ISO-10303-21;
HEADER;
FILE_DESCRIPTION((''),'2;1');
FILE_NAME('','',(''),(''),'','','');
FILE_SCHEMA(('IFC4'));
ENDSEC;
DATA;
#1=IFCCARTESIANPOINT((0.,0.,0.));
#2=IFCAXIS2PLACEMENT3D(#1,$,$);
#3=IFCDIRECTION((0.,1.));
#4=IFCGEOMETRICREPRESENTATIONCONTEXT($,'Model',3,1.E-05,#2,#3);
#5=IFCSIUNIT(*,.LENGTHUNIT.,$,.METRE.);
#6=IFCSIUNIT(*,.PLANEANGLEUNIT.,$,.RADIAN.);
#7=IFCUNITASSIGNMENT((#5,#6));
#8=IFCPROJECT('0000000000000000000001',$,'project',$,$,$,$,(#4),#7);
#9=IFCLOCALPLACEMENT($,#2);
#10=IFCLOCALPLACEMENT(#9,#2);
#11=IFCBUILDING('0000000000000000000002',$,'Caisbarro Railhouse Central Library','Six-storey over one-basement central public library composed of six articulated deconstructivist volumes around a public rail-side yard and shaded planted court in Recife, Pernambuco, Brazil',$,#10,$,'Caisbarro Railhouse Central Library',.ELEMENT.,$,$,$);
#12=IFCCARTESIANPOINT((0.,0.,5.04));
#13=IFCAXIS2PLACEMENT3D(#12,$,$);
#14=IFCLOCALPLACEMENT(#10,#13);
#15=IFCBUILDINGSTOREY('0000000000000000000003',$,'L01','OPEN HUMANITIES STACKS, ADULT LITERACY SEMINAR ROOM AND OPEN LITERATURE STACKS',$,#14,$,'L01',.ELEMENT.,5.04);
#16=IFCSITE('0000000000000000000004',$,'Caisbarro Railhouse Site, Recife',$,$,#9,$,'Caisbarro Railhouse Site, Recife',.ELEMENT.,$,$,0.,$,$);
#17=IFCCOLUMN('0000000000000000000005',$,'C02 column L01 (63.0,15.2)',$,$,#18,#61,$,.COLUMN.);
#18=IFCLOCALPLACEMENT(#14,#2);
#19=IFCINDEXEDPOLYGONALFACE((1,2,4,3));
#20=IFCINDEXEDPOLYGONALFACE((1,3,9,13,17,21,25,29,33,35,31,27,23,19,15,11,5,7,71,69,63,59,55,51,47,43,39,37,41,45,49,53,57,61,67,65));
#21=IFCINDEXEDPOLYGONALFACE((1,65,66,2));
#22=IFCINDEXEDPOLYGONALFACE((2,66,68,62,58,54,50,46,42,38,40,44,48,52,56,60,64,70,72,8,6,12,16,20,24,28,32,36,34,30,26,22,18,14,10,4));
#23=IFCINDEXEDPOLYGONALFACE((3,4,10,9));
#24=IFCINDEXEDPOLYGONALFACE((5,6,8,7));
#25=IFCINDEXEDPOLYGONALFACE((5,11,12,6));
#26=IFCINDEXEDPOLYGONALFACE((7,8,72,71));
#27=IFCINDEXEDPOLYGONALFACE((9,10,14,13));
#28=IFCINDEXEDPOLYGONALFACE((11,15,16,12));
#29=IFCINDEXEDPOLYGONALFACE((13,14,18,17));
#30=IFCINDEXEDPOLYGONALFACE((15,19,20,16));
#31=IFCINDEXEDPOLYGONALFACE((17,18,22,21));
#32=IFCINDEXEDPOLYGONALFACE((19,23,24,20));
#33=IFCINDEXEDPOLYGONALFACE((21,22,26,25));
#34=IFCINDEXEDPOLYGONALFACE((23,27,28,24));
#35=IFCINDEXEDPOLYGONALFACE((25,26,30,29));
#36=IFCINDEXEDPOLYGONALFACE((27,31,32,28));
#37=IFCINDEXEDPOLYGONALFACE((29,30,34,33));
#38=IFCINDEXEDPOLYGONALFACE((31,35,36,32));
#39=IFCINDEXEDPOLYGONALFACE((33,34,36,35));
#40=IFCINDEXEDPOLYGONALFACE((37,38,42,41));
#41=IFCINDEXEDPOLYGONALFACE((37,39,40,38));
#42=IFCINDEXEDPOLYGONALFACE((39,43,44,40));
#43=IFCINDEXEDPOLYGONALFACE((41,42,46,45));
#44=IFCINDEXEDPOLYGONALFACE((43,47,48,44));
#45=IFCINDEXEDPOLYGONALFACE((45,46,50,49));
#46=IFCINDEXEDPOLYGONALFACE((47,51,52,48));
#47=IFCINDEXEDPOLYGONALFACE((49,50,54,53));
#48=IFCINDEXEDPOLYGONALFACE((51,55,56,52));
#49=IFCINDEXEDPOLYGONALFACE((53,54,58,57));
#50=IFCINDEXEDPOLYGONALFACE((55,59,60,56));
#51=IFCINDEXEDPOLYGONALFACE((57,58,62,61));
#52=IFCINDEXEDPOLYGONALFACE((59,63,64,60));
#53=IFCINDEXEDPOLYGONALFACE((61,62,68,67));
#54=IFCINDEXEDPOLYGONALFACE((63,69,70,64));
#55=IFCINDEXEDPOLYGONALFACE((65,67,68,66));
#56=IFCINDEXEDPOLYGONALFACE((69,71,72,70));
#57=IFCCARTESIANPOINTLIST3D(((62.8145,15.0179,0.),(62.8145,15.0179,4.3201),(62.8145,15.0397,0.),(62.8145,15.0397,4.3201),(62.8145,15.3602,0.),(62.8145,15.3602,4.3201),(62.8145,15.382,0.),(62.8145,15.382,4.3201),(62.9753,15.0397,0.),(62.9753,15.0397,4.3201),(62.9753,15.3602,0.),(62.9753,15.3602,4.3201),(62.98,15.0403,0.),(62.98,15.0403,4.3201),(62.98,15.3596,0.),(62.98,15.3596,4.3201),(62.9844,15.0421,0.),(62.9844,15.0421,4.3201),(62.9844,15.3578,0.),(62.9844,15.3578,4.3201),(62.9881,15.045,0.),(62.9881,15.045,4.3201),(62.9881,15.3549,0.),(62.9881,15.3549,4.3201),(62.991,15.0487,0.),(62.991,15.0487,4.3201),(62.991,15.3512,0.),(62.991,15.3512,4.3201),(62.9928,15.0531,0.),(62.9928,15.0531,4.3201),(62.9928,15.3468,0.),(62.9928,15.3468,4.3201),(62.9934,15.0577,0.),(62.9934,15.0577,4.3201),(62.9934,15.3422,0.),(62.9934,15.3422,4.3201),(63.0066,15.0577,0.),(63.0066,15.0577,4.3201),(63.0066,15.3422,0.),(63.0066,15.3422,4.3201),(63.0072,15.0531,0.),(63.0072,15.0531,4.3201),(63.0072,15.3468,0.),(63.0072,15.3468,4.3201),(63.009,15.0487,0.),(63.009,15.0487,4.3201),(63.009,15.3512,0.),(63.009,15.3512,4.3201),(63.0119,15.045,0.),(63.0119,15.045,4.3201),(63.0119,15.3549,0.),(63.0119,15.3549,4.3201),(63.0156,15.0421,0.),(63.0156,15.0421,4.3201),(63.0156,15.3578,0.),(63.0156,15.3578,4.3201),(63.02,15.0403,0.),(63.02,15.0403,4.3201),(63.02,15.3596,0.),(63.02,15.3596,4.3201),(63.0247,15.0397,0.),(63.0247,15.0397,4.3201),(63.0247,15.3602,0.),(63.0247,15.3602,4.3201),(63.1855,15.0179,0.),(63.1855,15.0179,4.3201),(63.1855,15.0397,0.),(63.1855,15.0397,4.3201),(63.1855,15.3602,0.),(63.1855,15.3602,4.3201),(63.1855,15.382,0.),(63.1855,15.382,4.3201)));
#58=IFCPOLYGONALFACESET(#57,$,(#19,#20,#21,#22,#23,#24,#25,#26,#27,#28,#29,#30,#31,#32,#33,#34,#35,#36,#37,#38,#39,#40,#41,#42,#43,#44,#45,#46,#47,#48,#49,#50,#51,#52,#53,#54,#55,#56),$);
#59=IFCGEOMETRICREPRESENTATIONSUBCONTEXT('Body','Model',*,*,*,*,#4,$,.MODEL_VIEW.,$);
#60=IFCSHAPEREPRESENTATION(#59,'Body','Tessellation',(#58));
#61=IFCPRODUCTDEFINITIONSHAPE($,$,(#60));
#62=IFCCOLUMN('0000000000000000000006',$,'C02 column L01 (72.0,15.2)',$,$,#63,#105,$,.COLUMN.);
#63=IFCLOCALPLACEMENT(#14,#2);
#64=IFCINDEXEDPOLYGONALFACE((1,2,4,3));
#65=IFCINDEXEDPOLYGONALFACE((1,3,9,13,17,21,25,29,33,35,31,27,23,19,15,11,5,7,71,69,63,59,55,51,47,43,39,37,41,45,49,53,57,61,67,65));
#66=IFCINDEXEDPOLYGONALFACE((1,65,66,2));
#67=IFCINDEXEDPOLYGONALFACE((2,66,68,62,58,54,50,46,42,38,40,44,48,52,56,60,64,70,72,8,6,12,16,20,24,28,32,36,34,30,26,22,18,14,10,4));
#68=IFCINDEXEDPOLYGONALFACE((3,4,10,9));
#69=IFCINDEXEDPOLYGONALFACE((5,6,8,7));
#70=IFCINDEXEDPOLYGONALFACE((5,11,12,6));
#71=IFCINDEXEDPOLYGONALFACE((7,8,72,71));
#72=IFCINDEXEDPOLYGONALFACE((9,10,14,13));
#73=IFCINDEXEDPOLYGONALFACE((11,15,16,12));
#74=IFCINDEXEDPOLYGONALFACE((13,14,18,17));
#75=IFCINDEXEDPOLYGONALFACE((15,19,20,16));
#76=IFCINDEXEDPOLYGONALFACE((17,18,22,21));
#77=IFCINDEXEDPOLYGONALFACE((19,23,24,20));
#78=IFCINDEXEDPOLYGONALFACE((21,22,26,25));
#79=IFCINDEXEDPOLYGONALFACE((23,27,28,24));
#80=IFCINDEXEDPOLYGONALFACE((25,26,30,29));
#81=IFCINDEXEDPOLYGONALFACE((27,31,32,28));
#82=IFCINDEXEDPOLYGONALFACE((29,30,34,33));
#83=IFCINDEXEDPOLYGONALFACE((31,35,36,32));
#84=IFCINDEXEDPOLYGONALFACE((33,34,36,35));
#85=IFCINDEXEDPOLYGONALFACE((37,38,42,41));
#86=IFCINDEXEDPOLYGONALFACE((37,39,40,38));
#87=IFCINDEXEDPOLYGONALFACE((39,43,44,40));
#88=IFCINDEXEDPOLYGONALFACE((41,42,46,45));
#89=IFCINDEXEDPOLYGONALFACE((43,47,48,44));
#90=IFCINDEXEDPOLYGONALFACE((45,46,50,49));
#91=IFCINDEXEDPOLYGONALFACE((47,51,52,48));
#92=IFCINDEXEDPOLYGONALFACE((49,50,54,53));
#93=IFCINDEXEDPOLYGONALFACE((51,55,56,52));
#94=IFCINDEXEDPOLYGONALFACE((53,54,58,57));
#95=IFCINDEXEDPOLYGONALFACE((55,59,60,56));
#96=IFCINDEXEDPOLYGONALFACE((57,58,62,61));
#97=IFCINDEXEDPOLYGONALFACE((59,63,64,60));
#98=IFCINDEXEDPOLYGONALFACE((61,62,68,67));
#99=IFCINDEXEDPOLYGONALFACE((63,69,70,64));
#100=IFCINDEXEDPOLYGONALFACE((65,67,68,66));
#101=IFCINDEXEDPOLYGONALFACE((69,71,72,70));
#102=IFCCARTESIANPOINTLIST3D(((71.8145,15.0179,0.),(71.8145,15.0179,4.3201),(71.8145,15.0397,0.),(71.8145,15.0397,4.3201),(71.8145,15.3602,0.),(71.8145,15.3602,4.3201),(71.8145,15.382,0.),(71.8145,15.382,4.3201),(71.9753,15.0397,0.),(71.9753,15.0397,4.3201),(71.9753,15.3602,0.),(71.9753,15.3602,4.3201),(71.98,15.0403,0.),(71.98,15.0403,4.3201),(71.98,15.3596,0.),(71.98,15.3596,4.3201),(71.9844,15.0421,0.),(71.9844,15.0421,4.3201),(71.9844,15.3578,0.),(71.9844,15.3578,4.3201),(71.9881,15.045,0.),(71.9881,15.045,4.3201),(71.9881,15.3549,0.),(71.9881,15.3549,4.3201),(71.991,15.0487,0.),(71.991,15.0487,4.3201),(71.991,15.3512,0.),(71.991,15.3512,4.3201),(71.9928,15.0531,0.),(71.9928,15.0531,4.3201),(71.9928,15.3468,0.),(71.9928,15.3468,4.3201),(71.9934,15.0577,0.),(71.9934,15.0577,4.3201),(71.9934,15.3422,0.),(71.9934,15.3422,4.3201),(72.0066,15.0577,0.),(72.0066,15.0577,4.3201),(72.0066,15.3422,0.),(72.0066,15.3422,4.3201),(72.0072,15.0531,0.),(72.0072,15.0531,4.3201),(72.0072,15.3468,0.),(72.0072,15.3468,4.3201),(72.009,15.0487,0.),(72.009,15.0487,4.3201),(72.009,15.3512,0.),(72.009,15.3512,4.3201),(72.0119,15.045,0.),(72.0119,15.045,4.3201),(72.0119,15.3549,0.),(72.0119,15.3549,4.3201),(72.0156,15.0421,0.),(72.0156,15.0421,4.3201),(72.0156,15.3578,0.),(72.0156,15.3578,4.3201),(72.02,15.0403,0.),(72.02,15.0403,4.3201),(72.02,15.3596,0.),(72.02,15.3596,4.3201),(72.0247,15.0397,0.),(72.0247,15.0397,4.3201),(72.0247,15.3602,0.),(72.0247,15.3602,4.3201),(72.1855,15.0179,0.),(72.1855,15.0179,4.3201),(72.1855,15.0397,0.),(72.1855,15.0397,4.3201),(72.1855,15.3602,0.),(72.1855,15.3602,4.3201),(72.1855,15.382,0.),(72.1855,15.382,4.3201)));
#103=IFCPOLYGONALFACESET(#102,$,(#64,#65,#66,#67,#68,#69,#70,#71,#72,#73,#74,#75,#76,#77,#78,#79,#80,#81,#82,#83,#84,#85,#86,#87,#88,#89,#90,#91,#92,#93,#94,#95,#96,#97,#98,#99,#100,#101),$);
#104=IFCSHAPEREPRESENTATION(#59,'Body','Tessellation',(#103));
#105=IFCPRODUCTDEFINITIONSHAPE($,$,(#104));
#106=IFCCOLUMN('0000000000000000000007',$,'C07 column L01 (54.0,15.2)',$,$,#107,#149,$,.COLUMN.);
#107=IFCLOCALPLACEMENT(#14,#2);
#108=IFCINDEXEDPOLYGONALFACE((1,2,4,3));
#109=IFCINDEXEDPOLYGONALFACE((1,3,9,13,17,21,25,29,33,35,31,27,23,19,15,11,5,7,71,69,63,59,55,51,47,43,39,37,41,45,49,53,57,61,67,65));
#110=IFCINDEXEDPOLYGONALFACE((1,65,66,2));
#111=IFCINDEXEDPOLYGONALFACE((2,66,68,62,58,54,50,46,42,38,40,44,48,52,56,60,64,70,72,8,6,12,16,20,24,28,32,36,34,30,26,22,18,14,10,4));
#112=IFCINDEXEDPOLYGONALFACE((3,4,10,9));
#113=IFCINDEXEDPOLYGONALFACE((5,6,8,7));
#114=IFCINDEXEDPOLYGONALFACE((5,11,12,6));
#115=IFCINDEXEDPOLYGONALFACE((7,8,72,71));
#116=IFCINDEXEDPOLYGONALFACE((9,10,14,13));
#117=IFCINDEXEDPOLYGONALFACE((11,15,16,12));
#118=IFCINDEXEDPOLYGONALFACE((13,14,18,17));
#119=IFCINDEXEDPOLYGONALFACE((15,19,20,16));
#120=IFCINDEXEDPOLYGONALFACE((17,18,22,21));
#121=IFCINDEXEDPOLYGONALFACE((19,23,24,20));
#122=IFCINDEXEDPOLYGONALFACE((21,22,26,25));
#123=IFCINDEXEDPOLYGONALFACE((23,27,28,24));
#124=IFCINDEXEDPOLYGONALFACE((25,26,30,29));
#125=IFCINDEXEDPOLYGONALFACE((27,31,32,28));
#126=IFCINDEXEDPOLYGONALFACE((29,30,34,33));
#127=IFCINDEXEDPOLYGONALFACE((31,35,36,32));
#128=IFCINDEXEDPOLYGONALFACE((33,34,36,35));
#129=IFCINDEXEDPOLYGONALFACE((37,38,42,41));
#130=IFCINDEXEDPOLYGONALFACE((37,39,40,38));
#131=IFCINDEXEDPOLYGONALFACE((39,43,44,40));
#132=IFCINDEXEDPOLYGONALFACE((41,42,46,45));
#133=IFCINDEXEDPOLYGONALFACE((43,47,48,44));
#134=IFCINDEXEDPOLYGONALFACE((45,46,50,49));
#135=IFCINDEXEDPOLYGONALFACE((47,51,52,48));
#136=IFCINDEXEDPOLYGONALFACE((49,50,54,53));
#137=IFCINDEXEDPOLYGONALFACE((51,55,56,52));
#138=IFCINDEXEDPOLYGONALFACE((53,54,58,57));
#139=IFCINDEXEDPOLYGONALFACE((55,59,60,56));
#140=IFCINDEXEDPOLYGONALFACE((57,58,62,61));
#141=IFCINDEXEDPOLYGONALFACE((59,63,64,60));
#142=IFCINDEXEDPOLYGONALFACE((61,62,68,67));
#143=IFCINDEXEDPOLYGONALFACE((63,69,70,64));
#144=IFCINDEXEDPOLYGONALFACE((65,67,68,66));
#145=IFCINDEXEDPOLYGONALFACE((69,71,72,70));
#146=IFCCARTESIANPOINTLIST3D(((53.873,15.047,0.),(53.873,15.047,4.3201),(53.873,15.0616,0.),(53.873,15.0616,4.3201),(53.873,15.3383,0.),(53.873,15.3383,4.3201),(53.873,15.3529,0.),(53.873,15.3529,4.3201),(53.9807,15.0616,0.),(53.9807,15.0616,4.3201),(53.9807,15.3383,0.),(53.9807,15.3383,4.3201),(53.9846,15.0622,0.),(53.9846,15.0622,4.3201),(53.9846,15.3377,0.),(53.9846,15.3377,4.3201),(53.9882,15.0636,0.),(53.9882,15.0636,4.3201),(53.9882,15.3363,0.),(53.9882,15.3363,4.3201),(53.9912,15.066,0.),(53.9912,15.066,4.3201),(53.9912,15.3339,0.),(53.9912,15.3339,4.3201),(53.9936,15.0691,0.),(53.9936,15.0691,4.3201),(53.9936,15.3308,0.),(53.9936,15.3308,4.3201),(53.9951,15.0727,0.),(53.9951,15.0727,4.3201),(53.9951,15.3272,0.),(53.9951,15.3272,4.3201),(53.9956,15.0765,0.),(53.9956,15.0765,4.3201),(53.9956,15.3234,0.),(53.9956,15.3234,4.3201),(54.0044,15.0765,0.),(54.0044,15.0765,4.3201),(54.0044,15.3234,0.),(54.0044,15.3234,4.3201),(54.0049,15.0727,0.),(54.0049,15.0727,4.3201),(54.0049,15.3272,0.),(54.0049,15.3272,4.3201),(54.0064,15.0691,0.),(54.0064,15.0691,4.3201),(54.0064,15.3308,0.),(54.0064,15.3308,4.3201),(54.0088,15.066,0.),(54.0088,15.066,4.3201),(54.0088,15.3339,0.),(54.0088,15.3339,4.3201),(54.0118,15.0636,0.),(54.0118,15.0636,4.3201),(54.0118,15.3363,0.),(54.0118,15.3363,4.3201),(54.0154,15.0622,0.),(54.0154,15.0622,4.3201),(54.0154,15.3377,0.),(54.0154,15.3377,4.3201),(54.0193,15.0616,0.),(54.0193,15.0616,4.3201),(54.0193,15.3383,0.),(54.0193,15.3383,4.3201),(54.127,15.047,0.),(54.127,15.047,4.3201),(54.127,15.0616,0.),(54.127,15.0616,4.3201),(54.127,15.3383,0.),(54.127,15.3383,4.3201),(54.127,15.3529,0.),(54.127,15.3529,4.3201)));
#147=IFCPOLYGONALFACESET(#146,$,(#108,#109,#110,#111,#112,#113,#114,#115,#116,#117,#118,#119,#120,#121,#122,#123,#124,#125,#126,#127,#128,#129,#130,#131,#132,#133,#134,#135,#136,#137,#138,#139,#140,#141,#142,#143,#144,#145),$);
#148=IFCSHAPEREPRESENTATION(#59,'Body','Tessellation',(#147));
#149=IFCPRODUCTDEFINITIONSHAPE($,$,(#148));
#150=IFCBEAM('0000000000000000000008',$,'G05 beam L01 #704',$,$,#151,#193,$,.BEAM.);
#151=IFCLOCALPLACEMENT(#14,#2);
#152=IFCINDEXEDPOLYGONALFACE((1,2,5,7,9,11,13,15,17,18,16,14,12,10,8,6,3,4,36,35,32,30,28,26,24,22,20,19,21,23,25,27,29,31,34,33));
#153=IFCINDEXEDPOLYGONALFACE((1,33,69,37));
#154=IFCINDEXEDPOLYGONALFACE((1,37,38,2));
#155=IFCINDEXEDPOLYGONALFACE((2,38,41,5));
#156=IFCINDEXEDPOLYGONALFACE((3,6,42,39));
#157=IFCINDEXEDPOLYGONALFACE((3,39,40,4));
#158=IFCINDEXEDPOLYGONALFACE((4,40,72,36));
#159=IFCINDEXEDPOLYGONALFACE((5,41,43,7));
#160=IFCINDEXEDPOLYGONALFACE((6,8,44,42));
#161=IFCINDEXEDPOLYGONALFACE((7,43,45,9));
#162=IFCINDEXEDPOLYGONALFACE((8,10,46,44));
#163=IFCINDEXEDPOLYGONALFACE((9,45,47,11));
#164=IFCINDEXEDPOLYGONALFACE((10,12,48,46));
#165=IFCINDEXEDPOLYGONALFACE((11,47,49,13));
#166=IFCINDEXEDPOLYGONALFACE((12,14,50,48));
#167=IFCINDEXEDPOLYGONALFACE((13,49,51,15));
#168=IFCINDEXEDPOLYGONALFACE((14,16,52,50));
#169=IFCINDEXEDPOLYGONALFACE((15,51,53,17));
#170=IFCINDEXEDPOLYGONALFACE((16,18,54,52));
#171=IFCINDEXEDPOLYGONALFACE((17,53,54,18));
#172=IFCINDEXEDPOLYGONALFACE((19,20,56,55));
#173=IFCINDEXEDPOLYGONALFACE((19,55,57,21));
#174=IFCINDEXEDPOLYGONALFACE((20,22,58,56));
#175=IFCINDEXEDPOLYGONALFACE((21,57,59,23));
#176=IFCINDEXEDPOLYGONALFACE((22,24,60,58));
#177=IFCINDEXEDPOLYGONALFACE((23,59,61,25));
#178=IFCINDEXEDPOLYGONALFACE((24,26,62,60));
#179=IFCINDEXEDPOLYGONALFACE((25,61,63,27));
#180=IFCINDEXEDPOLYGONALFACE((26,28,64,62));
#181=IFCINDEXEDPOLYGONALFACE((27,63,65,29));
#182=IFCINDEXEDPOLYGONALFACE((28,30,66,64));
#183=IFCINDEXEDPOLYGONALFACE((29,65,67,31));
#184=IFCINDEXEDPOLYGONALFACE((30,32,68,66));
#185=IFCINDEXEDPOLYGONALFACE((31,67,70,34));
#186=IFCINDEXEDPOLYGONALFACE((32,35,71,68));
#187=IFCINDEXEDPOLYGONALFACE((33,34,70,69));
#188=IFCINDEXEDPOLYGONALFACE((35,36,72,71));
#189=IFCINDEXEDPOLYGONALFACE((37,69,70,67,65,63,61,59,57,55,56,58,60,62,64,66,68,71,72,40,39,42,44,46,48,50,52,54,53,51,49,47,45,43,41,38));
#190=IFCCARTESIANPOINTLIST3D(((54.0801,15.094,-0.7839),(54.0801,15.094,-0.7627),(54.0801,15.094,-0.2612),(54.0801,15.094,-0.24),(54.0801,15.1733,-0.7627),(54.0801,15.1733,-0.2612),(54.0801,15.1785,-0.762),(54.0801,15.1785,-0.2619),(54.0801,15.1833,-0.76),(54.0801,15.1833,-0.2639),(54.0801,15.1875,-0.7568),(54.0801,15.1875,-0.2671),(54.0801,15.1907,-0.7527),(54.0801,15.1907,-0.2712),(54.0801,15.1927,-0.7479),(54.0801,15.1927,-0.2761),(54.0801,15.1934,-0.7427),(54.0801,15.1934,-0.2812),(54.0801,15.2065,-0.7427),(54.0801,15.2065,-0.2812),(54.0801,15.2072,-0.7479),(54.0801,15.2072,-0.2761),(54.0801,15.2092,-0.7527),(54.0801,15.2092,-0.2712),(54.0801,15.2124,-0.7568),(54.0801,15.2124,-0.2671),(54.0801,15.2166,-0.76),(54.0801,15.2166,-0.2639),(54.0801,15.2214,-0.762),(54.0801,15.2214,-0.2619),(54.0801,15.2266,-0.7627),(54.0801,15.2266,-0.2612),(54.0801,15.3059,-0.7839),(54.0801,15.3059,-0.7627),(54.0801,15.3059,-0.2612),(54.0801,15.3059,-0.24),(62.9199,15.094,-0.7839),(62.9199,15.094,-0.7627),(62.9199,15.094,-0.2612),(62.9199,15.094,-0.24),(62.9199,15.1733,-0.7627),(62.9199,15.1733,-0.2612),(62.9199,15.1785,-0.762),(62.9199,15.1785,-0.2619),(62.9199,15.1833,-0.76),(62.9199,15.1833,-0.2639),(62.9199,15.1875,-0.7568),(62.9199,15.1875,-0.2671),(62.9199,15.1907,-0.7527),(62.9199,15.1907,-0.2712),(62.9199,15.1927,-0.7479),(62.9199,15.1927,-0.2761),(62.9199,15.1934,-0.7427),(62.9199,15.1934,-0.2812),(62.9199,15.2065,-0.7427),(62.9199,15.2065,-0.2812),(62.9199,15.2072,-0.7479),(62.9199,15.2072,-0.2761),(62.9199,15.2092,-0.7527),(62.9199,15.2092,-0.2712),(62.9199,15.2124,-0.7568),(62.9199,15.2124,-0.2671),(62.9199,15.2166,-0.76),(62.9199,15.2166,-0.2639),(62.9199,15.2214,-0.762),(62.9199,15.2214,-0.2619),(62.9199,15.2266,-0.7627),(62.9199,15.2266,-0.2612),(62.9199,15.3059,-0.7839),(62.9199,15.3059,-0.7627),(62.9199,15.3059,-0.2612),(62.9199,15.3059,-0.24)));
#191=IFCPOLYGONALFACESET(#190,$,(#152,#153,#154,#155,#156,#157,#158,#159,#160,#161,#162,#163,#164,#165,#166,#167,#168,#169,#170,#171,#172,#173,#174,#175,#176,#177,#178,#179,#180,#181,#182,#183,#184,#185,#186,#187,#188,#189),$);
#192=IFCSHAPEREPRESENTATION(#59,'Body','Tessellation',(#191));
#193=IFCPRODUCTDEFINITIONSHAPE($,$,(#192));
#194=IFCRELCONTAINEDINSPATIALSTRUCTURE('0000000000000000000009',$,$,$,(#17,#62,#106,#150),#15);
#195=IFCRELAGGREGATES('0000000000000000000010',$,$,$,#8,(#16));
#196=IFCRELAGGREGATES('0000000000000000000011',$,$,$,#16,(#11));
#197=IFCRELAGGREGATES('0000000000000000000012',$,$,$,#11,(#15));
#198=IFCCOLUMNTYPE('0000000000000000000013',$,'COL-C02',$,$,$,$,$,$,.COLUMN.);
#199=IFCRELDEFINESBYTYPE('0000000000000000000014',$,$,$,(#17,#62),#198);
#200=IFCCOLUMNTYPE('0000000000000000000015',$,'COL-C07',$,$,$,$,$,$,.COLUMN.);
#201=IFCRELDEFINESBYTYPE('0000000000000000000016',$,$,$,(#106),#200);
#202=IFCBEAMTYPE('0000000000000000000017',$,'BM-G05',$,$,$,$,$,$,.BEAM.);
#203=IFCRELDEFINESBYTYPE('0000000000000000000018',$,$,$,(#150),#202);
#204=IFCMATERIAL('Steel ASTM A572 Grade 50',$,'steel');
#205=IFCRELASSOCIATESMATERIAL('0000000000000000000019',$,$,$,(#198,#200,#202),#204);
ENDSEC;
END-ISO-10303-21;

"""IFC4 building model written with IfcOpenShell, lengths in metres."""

from ifc_helpers import new_model, si_unit, direction, frame, origin, origin_2d, place, context, subcontext, project, spatial, i_section, extrude, material, material_profile, profile_set, type_object, element, save


model = new_model("IFC4")

# Units and contexts
model_context = context("Model", 3, precision=1e-05, world=origin(), true_north=direction((0.0, 1.0)))
body_context = subcontext(model_context, "Body", "Model", "MODEL_VIEW")
ifc_project = project(units=[si_unit("LENGTHUNIT", "METRE"), si_unit("PLANEANGLEUNIT", "RADIAN")], contexts=[model_context])

# Site, building, storey
site_placement = place(None, origin())
site = spatial("IfcSite", under=ifc_project, at=site_placement, Name="Caisbarro Railhouse Site, Recife", LongName="Caisbarro Railhouse Site, Recife", CompositionType="ELEMENT", RefElevation=0.0)
building_placement = place(site_placement, origin())
building = spatial("IfcBuilding", under=site, at=building_placement, Name="Caisbarro Railhouse Central Library", Description="Six-storey over one-basement central public library composed of six articulated deconstructivist volumes around a public rail-side yard and shaded planted court in Recife, Pernambuco, Brazil", LongName="Caisbarro Railhouse Central Library", CompositionType="ELEMENT")
storey_placement = place(building_placement, frame((0.0, 0.0, 5.04)))
storey = spatial("IfcBuildingStorey", under=building, at=storey_placement, Name="L01", Description="OPEN HUMANITIES STACKS, ADULT LITERACY SEMINAR ROOM AND OPEN LITERATURE STACKS", LongName="L01", CompositionType="ELEMENT", Elevation=5.04)

# Columns
ifc_material_1 = material(Name="Steel ASTM A572 Grade 50", Category="steel")
ifc_material_profile_1 = material_profile(ifc_material_1, i_section(OverallWidth=0.3711, OverallDepth=0.364, WebThickness=0.0132, FlangeThickness=0.0217, FilletRadius=0.0181, at=origin_2d()), Name="W360X162.0")
ifc_profile_set_1 = profile_set([ifc_material_profile_1], Name="Steel ASTM A572 Grade 50")
column_type_1 = type_object("IfcColumnType", Name="COL-C02", PredefinedType="COLUMN", material=ifc_profile_set_1)
for number, where, z_axis, x_axis, name in (
    (1, (63.0, 15.2, 0.0), (0.0, 0.0, 1.0), (1.0, 0.0, 0.0), "C02 column L01 (63.0,15.2)"),
    (2, (72.0, 15.2, 0.0), (0.0, 0.0, 1.0), (1.0, 0.0, 0.0), "C02 column L01 (72.0,15.2)"),
):
    element("IfcColumn", number, at=place(storey_placement, frame(where, z_axis=z_axis, x_axis=x_axis)), inside=storey, type_object=column_type_1, Name=name, PredefinedType="COLUMN", context=body_context, shape_type="SweptSolid", body=[
        extrude(i_section(OverallWidth=0.3711, OverallDepth=0.364, WebThickness=0.0132, FlangeThickness=0.0217, FilletRadius=0.0181, at=origin_2d()), origin(), (0.0, 0.0, 1.0), 4.3201),
    ])
ifc_material_profile_2 = material_profile(ifc_material_1, i_section(OverallWidth=0.2539, OverallDepth=0.3059, WebThickness=0.0088, FlangeThickness=0.0146, FilletRadius=0.0149, at=origin_2d()), Name="W310X79.0")
ifc_profile_set_2 = profile_set([ifc_material_profile_2], Name="Steel ASTM A572 Grade 50")
column_type_2 = type_object("IfcColumnType", Name="COL-C07", PredefinedType="COLUMN", material=ifc_profile_set_2)
column_placement = place(storey_placement, frame((54.0, 15.2, 0.0), z_axis=(0.0, 0.0, 1.0), x_axis=(1.0, 0.0, 0.0)))
element("IfcColumn", 3, at=column_placement, inside=storey, type_object=column_type_2, Name="C07 column L01 (54.0,15.2)", PredefinedType="COLUMN", context=body_context, shape_type="SweptSolid", body=[
    extrude(i_section(OverallWidth=0.2539, OverallDepth=0.3059, WebThickness=0.0088, FlangeThickness=0.0146, FilletRadius=0.0149, at=origin_2d()), origin(), (0.0, 0.0, 1.0), 4.3201),
])

# Beam
ifc_material_profile_3 = material_profile(ifc_material_1, i_section(OverallWidth=0.2119, OverallDepth=0.5439, WebThickness=0.0132, FlangeThickness=0.0212, FilletRadius=0.02, at=origin_2d()), Name="W530X123.0")
ifc_profile_set_3 = profile_set([ifc_material_profile_3], Name="Steel ASTM A572 Grade 50")
beam_type_1 = type_object("IfcBeamType", Name="BM-G05", PredefinedType="BEAM", material=ifc_profile_set_3)
for number, where, z_axis, x_axis, name in (
    (4, (54.0801, 15.2, -0.512), (1.0, 0.0, 0.0), (0.0, 1.0, 0.0), "G05 beam L01 #704"),
):
    element("IfcBeam", number, at=place(storey_placement, frame(where, z_axis=z_axis, x_axis=x_axis)), inside=storey, type_object=beam_type_1, Name=name, PredefinedType="BEAM", context=body_context, shape_type="SweptSolid", body=[
        extrude(i_section(OverallWidth=0.2119, OverallDepth=0.5439, WebThickness=0.0132, FlangeThickness=0.0212, FilletRadius=0.02, at=origin_2d()), origin(), (0.0, 0.0, 1.0), 8.8398),
    ])

save(model, "model.ifc")
